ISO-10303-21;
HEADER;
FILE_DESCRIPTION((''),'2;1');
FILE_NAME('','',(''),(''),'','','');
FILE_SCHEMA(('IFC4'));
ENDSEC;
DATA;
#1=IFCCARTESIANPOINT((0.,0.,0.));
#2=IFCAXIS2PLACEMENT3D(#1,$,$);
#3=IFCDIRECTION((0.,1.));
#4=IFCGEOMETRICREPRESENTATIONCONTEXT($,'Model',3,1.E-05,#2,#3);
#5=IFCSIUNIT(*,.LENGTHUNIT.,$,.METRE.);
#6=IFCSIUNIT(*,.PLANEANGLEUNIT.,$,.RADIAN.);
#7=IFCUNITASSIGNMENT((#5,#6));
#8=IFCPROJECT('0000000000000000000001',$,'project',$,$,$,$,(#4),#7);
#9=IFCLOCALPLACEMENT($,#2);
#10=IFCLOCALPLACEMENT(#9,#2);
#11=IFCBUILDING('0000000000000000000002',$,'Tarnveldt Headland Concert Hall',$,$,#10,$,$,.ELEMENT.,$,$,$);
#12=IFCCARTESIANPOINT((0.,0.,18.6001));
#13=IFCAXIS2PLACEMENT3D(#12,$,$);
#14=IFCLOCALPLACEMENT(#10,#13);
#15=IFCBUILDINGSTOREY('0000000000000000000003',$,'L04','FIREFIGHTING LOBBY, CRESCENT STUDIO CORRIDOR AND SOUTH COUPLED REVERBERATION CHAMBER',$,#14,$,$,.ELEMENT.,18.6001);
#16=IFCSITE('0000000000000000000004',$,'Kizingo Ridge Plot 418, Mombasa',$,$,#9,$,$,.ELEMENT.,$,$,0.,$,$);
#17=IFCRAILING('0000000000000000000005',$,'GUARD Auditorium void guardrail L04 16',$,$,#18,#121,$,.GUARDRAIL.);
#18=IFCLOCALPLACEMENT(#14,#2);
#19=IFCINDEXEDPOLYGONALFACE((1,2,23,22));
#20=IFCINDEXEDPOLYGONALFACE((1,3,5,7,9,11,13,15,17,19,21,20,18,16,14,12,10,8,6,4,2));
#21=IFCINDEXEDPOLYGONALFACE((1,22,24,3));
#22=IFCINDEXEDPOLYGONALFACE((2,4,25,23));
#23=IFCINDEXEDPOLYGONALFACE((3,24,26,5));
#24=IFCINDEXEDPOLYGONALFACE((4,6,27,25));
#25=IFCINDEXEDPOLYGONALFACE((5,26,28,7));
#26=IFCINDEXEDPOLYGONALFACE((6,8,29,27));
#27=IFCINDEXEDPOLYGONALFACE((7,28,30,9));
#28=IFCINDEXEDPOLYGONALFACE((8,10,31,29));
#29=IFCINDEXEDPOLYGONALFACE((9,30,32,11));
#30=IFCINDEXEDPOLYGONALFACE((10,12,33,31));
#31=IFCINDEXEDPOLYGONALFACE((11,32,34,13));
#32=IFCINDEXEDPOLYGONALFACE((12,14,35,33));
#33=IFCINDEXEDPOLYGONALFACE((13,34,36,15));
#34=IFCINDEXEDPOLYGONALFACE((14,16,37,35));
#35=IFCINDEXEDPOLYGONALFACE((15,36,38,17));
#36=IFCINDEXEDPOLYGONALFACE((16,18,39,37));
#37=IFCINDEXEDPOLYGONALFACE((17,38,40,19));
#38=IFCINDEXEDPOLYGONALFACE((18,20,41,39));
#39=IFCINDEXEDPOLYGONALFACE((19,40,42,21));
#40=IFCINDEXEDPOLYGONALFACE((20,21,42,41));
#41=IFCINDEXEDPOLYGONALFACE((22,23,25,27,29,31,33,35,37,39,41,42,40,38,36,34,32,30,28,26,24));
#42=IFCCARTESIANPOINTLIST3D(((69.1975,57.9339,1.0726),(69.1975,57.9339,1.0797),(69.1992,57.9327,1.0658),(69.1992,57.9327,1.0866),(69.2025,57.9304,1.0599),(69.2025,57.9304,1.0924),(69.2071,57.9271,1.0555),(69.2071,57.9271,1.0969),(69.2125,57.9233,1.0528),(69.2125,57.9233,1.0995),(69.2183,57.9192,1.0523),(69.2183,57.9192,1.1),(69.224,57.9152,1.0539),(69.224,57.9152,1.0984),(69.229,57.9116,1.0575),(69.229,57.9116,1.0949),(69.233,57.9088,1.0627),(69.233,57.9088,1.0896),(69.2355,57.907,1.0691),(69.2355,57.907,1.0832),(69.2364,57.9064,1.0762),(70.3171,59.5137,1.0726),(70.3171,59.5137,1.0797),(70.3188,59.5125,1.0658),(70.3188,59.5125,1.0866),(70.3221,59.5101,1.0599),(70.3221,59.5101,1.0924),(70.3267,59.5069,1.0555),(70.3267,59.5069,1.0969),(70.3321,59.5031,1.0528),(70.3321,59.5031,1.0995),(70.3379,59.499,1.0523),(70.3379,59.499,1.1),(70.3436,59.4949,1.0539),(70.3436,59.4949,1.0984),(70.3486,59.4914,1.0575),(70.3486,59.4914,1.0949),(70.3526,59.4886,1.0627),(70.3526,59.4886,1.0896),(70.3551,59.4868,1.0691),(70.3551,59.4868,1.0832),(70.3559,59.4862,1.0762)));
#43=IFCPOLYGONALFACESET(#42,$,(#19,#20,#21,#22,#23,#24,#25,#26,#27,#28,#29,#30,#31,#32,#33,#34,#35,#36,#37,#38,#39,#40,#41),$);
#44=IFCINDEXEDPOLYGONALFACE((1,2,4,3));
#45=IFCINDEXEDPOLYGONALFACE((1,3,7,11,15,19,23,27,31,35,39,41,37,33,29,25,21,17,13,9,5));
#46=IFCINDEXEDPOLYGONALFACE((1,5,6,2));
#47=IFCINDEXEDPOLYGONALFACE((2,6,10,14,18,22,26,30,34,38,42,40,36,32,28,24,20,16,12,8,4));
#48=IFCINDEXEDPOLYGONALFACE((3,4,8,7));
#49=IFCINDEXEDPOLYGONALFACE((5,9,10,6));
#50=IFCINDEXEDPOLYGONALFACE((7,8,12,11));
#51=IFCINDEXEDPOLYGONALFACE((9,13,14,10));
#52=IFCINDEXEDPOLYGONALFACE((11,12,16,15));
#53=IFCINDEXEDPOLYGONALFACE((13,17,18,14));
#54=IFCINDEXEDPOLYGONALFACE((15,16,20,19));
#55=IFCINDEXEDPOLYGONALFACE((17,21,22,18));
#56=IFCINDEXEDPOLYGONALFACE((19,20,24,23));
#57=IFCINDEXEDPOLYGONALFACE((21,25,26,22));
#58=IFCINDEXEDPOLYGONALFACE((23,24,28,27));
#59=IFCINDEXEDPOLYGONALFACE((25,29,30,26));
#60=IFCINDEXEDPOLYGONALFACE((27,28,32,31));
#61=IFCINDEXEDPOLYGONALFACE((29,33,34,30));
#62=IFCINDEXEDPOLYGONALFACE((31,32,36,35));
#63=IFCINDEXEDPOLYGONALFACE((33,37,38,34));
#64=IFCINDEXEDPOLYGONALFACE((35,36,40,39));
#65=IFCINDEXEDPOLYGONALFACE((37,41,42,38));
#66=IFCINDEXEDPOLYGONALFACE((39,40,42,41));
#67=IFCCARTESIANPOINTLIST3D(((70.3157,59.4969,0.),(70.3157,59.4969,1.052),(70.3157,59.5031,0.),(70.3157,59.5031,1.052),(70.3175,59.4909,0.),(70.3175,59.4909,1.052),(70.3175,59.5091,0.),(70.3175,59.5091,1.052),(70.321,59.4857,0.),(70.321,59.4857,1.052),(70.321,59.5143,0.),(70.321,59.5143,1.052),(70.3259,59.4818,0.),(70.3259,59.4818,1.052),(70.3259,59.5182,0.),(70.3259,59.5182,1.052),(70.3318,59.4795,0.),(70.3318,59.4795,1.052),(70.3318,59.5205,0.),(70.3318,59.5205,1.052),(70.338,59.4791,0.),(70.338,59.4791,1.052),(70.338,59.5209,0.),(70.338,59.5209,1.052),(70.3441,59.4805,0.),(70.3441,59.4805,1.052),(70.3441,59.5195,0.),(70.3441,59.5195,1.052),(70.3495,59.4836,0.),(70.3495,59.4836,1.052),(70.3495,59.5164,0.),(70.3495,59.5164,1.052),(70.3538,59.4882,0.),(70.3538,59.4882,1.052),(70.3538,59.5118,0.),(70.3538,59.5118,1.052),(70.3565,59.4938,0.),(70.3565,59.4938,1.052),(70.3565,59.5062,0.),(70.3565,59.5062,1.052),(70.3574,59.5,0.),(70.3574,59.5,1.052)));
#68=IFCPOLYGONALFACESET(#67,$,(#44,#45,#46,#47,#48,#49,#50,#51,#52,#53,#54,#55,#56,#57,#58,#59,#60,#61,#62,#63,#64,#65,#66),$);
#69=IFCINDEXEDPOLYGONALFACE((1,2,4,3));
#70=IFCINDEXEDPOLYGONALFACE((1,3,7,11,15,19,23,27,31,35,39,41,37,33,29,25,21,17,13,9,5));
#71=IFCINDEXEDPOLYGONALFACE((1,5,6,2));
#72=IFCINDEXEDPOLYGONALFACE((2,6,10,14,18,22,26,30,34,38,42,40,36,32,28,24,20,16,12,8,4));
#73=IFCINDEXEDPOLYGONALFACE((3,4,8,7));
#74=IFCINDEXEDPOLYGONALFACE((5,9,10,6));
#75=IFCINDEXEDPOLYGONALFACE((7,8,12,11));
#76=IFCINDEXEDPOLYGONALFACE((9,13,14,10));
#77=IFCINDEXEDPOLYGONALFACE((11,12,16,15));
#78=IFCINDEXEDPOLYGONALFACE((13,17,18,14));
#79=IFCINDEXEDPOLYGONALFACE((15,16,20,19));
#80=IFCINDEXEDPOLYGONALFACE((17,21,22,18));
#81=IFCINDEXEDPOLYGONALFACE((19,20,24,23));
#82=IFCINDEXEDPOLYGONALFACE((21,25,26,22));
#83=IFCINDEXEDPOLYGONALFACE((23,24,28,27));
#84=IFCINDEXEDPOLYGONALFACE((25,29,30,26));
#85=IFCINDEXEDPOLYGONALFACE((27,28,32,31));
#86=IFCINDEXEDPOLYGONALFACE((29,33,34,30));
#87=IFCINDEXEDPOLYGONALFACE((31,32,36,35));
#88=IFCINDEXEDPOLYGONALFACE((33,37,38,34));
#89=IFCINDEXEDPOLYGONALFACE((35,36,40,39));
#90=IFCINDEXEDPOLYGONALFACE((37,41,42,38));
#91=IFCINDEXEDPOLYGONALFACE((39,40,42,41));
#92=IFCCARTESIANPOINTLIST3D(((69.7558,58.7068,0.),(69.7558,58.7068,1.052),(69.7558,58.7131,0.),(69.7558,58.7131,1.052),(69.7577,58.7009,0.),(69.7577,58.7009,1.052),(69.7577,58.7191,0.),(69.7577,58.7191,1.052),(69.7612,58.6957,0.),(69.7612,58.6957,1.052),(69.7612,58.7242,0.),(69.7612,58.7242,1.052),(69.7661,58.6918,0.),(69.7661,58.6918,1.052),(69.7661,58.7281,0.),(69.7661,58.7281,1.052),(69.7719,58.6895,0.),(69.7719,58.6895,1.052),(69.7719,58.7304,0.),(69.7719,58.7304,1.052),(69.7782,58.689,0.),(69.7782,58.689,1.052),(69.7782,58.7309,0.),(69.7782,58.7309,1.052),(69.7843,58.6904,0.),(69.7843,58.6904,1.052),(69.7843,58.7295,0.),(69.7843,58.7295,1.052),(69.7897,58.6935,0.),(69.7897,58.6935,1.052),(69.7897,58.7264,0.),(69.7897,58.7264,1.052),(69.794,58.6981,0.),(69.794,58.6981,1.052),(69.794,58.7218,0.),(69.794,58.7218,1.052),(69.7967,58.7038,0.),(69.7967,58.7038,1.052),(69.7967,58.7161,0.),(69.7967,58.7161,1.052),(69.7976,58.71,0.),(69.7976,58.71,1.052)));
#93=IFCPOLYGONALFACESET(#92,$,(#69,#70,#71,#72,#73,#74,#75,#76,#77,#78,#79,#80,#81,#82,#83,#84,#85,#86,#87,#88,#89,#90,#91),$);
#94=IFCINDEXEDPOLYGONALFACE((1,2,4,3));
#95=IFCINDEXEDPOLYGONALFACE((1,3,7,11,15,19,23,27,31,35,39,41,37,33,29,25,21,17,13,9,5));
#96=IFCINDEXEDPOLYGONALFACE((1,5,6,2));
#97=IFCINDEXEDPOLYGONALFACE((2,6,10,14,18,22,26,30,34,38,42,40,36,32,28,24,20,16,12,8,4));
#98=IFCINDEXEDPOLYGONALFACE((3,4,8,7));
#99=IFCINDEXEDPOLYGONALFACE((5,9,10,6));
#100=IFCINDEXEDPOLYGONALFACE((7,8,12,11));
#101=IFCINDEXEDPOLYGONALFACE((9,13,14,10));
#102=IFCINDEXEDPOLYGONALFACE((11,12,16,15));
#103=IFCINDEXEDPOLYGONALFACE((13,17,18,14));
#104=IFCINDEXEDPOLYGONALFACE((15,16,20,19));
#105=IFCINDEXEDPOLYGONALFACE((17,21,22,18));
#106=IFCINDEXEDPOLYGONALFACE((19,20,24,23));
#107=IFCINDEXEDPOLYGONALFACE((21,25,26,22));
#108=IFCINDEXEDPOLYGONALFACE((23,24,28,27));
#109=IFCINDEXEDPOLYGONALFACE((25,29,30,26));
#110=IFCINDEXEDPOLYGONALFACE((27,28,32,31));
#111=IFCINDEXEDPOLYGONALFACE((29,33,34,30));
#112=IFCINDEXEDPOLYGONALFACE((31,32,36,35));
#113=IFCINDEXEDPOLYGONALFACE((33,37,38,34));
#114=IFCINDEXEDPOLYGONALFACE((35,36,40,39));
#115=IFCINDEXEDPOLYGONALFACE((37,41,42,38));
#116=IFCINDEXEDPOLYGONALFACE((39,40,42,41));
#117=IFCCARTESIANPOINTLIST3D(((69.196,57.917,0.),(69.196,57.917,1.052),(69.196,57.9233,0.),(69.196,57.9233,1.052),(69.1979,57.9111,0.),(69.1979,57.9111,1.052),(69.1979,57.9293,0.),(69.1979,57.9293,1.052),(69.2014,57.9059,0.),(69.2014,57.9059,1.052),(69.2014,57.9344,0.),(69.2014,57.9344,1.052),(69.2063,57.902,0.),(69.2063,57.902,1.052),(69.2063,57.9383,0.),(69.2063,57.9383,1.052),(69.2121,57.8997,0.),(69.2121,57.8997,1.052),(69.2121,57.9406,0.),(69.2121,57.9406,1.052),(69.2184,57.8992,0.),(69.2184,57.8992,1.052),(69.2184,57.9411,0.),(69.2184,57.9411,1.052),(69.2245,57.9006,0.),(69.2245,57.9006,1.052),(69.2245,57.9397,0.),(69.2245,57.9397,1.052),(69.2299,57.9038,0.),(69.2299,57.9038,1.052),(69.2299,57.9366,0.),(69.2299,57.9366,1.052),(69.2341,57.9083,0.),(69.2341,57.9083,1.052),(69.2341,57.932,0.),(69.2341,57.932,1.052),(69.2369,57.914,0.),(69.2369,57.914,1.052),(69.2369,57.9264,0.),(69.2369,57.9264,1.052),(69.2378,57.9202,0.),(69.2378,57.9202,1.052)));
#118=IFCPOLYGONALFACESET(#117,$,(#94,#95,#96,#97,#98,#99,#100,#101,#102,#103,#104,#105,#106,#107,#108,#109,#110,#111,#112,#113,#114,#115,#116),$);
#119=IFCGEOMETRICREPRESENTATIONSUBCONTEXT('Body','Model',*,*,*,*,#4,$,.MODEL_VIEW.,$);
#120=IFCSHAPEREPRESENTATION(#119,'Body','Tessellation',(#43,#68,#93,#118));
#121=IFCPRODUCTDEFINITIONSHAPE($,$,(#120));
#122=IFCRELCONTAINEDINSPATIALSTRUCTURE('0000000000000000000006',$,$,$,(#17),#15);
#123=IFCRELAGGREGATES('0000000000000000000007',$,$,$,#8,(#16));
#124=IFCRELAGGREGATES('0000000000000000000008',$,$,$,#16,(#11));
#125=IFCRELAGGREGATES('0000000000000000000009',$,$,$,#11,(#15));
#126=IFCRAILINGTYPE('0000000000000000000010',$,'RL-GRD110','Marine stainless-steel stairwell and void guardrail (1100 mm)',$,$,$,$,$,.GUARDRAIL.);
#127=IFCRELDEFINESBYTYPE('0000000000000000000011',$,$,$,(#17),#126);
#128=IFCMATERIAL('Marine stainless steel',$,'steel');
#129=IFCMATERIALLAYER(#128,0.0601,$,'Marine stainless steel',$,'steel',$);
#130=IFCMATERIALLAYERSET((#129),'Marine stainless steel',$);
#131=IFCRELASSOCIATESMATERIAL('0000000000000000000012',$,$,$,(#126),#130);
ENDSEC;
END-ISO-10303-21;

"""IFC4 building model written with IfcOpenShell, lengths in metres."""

from ifc_helpers import new_model, si_unit, direction, frame, origin, origin_2d, place, context, subcontext, project, spatial, circle, extrude, material, layer, layer_set, type_object, element, save


model = new_model("IFC4")

# Units and contexts
model_context = context("Model", 3, precision=1e-05, world=origin(), true_north=direction((0.0, 1.0)))
body_context = subcontext(model_context, "Body", "Model", "MODEL_VIEW")
ifc_project = project(units=[si_unit("LENGTHUNIT", "METRE"), si_unit("PLANEANGLEUNIT", "RADIAN")], contexts=[model_context])

# Site, building, storey
site_placement = place(None, origin())
site = spatial("IfcSite", under=ifc_project, at=site_placement, Name="Kizingo Ridge Plot 418, Mombasa", CompositionType="ELEMENT", RefElevation=0.0)
building_placement = place(site_placement, origin())
building = spatial("IfcBuilding", under=site, at=building_placement, Name="Tarnveldt Headland Concert Hall", CompositionType="ELEMENT")
storey_placement = place(building_placement, frame((0.0, 0.0, 18.6001)))
storey = spatial("IfcBuildingStorey", under=building, at=storey_placement, Name="L04", Description="FIREFIGHTING LOBBY, CRESCENT STUDIO CORRIDOR AND SOUTH COUPLED REVERBERATION CHAMBER", CompositionType="ELEMENT", Elevation=18.6001)

# Railing
ifc_material_1 = material(Name="Marine stainless steel", Category="steel")
ifc_layer_1 = layer(ifc_material_1, 0.0601, Name="Marine stainless steel", Category="steel")
ifc_layer_set_1 = layer_set([ifc_layer_1], Name="Marine stainless steel")
railing_type = type_object("IfcRailingType", Name="RL-GRD110", Description="Marine stainless-steel stairwell and void guardrail (1100 mm)", PredefinedType="GUARDRAIL", material=ifc_layer_set_1)
railing_1_placement = place(storey_placement, frame((70.3364, 59.5, 0.0)))
element("IfcRailing", 1, at=railing_1_placement, inside=storey, type_object=railing_type, Name="GUARD Auditorium void guardrail L04 16", PredefinedType="GUARDRAIL", context=body_context, shape_type="SweptSolid", body=[
    extrude(circle(Radius=0.0239, at=origin_2d()), frame((0.0, 0.0, 1.0762), z_axis=(-0.578217, -0.815883, 0.0), x_axis=(0.815883, -0.578217, 0.0)), (0.0, 0.0, 1.0), 1.9363),
    extrude(circle(Radius=0.021, at=origin_2d()), origin(), (0.0, 0.0, 1.0), 1.052),
    extrude(circle(Radius=0.021, at=origin_2d()), frame((-0.5598, -0.79, 0.0)), (0.0, 0.0, 1.0), 1.052),
    extrude(circle(Radius=0.021, at=origin_2d()), frame((-1.1196, -1.5798, 0.0)), (0.0, 0.0, 1.0), 1.052),
])

save(model, "model.ifc")
